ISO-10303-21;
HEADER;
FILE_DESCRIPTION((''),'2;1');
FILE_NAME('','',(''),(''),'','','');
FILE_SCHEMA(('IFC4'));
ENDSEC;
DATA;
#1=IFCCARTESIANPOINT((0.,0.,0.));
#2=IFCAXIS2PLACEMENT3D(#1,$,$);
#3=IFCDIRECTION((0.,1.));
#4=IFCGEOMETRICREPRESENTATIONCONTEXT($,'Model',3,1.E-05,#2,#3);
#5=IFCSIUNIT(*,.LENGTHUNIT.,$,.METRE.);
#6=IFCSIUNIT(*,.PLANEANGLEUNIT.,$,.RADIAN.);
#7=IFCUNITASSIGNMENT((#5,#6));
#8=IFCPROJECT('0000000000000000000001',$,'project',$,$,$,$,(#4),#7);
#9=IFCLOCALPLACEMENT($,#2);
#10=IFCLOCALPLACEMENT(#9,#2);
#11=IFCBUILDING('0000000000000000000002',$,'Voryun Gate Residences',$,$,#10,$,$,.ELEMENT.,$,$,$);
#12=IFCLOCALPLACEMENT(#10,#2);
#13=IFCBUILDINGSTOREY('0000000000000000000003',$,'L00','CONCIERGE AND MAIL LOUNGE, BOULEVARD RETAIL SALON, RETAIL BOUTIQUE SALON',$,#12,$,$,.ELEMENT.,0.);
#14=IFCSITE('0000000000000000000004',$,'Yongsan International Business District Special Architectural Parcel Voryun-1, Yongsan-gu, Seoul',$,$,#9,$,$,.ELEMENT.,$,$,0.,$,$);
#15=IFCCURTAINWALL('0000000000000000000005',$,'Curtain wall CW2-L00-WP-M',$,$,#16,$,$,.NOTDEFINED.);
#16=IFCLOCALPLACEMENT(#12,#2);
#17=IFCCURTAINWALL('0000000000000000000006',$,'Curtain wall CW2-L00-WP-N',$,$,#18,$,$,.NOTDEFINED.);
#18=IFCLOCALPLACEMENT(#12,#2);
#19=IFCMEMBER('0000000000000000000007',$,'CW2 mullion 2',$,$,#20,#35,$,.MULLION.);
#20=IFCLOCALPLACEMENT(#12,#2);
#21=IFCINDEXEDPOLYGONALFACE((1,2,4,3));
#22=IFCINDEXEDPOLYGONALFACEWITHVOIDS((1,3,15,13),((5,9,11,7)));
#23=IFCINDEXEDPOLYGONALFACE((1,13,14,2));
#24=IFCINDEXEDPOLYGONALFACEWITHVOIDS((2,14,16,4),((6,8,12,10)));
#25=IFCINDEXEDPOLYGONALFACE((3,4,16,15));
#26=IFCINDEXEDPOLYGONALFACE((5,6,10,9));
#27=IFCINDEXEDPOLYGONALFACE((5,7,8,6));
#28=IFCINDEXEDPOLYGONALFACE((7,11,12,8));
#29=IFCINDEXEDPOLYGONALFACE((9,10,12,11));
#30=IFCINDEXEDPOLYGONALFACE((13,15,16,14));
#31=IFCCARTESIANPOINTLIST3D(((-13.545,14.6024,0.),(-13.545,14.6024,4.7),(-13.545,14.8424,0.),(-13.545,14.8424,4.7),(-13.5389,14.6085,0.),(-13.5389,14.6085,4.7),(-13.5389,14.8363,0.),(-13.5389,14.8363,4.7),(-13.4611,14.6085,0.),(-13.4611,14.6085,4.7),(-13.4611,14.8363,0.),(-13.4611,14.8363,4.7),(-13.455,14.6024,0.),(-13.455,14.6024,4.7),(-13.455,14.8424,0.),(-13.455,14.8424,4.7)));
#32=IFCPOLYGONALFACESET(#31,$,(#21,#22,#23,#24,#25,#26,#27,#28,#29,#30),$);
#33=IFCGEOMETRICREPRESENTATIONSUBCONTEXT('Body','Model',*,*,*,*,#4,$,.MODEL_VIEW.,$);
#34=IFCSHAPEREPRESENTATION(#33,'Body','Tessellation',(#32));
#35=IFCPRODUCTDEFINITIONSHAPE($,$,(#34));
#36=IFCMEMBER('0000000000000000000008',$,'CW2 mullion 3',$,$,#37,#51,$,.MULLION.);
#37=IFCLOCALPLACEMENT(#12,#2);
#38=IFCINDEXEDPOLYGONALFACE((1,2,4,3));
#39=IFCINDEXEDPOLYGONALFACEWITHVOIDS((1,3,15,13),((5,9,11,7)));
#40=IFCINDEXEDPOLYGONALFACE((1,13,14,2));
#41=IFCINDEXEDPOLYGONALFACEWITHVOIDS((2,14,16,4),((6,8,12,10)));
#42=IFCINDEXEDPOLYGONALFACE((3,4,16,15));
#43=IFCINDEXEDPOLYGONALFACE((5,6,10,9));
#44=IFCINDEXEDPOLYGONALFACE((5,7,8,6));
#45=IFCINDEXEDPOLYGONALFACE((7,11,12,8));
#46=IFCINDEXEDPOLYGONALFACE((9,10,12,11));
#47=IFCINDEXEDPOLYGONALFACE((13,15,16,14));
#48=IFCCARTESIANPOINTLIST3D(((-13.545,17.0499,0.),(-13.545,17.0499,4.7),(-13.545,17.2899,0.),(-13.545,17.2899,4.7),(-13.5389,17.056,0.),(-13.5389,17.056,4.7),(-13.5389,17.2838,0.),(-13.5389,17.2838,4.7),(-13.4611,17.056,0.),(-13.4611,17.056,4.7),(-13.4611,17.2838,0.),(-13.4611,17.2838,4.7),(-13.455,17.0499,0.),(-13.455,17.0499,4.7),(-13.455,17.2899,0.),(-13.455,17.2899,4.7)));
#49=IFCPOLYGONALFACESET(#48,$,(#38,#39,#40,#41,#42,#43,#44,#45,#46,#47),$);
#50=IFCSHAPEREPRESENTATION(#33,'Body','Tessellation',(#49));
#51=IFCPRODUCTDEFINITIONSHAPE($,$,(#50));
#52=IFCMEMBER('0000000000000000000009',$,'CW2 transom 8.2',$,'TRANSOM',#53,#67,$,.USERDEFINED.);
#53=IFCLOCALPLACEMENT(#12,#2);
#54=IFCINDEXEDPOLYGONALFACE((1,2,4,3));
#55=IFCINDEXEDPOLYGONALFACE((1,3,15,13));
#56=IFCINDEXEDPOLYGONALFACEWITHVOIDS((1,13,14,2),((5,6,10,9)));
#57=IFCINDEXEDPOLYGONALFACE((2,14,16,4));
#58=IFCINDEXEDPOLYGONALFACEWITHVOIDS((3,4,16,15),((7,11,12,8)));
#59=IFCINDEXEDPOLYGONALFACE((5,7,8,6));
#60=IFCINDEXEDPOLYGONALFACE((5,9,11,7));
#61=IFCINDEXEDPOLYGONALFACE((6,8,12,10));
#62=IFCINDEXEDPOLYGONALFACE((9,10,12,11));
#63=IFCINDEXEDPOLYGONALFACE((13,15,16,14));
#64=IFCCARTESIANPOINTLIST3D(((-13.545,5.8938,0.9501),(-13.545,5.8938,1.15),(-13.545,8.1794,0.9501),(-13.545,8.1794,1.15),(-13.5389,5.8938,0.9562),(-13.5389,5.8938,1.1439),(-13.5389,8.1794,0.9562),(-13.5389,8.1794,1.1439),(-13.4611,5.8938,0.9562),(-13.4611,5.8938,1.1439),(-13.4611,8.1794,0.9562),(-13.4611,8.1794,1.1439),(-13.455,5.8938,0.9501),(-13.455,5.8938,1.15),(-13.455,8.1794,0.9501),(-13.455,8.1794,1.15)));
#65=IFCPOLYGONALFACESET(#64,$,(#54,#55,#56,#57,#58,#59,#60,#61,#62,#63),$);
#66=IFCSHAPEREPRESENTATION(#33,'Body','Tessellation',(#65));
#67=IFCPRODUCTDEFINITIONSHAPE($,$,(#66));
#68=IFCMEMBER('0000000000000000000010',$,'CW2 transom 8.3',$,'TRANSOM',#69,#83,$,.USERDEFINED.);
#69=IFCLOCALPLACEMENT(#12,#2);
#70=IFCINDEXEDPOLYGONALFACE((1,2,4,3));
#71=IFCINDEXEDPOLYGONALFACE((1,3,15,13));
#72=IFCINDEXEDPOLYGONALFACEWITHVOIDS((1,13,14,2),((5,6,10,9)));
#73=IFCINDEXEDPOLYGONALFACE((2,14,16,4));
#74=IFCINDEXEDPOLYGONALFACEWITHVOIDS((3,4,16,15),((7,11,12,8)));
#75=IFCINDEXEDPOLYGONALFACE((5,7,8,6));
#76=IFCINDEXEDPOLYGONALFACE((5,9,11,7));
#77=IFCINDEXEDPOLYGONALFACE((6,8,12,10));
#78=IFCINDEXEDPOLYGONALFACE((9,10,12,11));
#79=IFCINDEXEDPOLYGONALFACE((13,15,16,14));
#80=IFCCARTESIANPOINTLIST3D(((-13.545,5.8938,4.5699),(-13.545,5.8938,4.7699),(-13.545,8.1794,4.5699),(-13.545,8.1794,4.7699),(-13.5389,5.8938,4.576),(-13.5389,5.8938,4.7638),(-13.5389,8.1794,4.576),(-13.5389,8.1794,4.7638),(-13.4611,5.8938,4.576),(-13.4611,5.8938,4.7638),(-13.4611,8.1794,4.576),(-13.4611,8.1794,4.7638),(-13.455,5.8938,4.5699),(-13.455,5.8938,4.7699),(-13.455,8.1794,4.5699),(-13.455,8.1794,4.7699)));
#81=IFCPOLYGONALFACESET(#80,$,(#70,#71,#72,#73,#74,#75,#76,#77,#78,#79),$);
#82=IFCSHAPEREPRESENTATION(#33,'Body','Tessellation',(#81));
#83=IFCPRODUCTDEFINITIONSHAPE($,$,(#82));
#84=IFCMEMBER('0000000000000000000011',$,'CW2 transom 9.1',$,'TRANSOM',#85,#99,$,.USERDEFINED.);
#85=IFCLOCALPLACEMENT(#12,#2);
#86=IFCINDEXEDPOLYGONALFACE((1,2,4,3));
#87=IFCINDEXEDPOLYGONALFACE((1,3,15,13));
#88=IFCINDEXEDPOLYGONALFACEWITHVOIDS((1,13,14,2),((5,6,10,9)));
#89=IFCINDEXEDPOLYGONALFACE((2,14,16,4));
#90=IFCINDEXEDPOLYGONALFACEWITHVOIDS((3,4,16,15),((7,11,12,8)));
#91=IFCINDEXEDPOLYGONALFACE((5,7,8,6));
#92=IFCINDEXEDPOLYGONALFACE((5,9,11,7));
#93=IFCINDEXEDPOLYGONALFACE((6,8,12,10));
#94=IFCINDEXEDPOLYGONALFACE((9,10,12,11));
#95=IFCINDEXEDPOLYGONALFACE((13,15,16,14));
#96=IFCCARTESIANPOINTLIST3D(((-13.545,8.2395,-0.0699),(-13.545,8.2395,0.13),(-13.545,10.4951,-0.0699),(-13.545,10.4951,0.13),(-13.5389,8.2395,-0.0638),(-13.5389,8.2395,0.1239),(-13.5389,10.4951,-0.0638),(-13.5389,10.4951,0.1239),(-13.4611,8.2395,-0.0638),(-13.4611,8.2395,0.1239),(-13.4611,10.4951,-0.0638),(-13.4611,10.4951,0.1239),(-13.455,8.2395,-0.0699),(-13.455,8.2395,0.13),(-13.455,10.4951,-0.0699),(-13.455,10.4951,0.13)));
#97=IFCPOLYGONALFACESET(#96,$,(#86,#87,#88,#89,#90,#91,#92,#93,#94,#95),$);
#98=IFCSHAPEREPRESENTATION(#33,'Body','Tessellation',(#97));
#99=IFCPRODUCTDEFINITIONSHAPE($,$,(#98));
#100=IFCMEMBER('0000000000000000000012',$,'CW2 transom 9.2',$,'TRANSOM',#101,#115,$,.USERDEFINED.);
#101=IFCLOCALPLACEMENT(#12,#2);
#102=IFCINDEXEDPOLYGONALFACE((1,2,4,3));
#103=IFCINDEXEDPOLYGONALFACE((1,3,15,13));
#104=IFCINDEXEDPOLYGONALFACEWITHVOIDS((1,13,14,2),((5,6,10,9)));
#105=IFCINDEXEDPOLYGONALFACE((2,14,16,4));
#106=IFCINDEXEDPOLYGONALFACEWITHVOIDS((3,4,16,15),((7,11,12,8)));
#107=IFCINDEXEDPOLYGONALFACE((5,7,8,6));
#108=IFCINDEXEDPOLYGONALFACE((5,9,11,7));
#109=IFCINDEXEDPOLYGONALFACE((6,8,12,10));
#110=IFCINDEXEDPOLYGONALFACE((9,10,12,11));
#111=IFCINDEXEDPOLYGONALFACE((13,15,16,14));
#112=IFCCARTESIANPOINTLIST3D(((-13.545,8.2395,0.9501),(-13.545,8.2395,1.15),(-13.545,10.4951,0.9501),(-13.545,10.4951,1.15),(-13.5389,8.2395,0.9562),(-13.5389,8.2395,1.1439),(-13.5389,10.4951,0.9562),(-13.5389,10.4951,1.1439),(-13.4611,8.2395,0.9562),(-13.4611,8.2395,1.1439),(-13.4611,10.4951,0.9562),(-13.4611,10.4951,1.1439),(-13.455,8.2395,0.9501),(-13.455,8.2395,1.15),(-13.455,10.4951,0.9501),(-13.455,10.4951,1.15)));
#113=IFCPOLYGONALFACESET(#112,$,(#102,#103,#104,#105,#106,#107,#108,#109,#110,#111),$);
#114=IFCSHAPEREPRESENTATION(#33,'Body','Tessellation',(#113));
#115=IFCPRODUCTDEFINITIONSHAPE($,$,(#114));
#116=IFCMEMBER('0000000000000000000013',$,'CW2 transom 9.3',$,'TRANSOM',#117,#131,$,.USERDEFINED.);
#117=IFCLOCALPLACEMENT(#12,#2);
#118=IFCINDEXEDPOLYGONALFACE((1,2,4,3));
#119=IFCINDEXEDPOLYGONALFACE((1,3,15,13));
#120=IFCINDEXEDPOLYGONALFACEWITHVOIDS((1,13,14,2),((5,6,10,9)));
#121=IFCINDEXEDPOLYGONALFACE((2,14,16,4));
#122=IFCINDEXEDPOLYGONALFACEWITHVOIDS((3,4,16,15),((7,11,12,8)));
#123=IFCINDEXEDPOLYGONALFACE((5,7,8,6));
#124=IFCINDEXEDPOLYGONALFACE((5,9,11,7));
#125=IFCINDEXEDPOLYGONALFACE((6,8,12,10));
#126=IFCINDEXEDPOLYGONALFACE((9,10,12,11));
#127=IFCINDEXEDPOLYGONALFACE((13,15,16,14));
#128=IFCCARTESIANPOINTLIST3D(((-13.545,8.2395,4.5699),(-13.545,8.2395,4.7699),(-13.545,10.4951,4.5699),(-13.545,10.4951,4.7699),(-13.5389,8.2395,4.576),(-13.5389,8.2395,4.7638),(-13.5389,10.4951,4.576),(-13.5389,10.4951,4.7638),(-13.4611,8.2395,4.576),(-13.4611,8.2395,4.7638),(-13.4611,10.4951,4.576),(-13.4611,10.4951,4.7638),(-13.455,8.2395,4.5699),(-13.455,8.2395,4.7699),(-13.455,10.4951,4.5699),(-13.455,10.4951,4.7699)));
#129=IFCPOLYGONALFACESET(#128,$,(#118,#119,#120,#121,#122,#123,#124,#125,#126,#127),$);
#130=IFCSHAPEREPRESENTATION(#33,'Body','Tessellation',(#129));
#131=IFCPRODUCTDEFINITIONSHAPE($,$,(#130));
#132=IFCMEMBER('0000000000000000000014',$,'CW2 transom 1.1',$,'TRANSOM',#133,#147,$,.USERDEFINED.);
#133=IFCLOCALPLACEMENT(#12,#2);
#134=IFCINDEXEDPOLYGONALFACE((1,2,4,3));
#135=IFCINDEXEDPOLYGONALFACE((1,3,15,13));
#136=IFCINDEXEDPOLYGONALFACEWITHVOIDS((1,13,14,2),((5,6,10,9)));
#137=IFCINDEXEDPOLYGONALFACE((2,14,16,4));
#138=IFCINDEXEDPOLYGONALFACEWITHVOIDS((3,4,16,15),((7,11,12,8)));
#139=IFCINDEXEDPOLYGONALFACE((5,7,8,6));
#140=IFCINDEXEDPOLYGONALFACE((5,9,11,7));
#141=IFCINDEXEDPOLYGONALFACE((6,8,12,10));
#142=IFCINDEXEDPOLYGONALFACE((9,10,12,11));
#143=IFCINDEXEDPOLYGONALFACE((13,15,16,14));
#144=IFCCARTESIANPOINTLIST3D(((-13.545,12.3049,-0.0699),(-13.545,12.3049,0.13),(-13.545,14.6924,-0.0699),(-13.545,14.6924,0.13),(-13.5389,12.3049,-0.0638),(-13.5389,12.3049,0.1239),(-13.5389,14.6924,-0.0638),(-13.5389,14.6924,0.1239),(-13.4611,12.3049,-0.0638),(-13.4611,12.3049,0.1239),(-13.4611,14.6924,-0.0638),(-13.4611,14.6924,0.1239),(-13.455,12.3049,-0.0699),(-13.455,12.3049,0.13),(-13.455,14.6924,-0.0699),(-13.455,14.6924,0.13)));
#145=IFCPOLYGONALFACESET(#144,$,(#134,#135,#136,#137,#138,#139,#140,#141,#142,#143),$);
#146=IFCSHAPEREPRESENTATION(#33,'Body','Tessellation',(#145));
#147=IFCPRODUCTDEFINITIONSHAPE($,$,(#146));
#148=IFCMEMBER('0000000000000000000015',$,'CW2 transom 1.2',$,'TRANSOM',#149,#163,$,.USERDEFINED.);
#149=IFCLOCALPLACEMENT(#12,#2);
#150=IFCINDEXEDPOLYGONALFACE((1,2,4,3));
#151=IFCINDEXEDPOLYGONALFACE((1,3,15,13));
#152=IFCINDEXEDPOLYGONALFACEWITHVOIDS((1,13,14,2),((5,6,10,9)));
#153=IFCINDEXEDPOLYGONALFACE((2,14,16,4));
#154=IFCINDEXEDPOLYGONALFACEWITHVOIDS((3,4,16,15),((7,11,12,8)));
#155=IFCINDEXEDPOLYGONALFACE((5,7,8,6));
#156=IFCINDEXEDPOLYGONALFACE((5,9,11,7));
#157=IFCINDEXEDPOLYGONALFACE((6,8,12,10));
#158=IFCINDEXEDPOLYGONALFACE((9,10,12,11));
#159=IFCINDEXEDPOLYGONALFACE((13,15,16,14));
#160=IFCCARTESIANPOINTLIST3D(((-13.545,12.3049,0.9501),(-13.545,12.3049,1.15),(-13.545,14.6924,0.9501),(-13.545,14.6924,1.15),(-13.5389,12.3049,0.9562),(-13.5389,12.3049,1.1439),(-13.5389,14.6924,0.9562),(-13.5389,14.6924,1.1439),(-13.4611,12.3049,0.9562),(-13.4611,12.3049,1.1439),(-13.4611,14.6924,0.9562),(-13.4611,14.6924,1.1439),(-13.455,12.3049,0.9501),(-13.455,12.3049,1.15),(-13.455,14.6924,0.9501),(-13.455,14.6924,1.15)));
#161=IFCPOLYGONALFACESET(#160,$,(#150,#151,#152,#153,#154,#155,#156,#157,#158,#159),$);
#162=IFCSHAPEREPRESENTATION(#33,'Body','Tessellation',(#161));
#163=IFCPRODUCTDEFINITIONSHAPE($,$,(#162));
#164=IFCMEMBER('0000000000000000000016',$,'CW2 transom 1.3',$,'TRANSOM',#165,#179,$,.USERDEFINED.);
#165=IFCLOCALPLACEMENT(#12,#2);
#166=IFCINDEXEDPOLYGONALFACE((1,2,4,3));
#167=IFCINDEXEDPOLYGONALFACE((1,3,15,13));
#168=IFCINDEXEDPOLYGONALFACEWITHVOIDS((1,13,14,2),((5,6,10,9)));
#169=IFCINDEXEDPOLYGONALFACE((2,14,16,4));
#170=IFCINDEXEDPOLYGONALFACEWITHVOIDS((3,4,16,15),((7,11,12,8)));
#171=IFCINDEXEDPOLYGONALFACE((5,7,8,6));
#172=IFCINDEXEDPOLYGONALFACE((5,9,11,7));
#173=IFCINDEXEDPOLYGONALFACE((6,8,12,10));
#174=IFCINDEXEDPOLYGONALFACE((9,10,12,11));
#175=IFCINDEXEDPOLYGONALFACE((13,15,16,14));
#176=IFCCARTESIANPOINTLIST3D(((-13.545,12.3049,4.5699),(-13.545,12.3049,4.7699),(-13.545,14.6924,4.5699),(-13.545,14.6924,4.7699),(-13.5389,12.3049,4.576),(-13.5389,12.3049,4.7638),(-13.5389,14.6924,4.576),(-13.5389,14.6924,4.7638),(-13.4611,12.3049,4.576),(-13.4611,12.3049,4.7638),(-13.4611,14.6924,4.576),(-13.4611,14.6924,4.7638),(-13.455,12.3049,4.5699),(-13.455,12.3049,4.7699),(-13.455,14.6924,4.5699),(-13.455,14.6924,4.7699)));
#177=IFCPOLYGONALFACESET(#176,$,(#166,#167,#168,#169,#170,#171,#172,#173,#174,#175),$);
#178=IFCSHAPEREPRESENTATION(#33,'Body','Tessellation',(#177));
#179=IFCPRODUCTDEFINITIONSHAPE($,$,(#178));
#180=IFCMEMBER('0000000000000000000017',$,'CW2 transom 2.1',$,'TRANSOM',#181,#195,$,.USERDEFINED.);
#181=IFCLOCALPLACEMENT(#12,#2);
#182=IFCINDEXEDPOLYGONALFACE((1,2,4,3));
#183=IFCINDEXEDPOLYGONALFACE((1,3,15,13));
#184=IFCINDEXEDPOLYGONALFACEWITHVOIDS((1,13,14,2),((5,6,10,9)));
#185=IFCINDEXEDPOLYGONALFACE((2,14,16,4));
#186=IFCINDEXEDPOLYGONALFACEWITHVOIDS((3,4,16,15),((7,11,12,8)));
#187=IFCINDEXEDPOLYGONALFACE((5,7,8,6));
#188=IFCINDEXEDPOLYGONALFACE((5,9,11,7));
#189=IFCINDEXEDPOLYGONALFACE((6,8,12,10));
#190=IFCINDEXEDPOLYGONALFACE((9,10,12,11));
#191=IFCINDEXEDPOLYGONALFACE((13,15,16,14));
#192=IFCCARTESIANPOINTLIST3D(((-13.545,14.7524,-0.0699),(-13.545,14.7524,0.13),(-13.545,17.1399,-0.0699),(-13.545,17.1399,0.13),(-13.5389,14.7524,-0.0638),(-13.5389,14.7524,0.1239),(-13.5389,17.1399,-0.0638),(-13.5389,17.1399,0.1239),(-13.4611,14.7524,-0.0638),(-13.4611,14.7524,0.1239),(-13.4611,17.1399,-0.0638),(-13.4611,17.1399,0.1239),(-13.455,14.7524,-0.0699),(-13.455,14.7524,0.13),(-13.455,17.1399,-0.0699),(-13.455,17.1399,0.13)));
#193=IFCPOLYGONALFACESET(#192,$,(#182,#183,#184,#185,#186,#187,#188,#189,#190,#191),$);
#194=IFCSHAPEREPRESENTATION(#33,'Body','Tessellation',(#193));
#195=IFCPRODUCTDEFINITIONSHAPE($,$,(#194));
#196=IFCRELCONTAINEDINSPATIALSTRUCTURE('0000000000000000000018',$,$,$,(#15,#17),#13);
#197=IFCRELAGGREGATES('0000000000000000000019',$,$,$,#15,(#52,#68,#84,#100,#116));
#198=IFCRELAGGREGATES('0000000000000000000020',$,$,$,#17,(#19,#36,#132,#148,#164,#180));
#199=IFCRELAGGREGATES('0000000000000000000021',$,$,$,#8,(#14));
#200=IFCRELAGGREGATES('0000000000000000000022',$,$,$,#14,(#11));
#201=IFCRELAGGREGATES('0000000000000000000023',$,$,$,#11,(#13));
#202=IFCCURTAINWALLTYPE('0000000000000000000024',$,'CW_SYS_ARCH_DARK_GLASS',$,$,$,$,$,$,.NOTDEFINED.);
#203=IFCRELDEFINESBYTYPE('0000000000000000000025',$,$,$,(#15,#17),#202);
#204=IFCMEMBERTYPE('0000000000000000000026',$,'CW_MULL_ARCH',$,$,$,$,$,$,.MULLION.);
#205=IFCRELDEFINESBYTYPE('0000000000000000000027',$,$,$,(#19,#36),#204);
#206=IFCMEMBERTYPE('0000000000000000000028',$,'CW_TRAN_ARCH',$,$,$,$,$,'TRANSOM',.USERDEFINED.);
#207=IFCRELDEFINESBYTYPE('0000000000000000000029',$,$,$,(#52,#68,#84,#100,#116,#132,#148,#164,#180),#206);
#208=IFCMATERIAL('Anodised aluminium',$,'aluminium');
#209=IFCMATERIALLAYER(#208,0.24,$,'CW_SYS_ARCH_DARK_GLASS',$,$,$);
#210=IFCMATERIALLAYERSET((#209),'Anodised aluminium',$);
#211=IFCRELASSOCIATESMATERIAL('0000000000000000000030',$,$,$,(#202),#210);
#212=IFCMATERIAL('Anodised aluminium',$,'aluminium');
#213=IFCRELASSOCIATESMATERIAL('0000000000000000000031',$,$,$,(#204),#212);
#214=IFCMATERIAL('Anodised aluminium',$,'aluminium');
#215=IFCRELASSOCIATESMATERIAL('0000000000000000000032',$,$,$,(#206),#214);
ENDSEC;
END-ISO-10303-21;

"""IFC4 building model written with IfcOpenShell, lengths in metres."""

from ifc_helpers import new_model, si_unit, direction, frame, origin, origin_2d, place, context, subcontext, project, spatial, hollow_rectangle, extrude, material, layer, layer_set, material_profile, profile_set, type_object, element, aggregate, save


model = new_model("IFC4")

# Units and contexts
model_context = context("Model", 3, precision=1e-05, world=origin(), true_north=direction((0.0, 1.0)))
body_context = subcontext(model_context, "Body", "Model", "MODEL_VIEW")
ifc_project = project(units=[si_unit("LENGTHUNIT", "METRE"), si_unit("PLANEANGLEUNIT", "RADIAN")], contexts=[model_context])

# Site, building, storey
site_placement = place(None, origin())
site = spatial("IfcSite", under=ifc_project, at=site_placement, Name="Yongsan International Business District Special Architectural Parcel Voryun-1, Yongsan-gu, Seoul", CompositionType="ELEMENT", RefElevation=0.0)
building_placement = place(site_placement, origin())
building = spatial("IfcBuilding", under=site, at=building_placement, Name="Voryun Gate Residences", CompositionType="ELEMENT")
storey_placement = place(building_placement, origin())
storey = spatial("IfcBuildingStorey", under=building, at=storey_placement, Name="L00", Description="CONCIERGE AND MAIL LOUNGE, BOULEVARD RETAIL SALON, RETAIL BOUTIQUE SALON", CompositionType="ELEMENT", Elevation=0.0)

# Curtain walls, members
ifc_material_1 = material(Name="Anodised aluminium", Category="aluminium")
ifc_layer_1 = layer(ifc_material_1, 0.24, Name="CW_SYS_ARCH_DARK_GLASS")
ifc_layer_set_1 = layer_set([ifc_layer_1], Name="Anodised aluminium")
curtain_wall_type = type_object("IfcCurtainWallType", Name="CW_SYS_ARCH_DARK_GLASS", PredefinedType="NOTDEFINED", material=ifc_layer_set_1)
curtain_wall_1_placement = place(storey_placement, origin())
curtain_wall_1 = element("IfcCurtainWall", 1, at=curtain_wall_1_placement, inside=storey, type_object=curtain_wall_type, Name="Curtain wall CW2-L00-WP-M", PredefinedType="NOTDEFINED")
ifc_material_2 = material(Name="Anodised aluminium", Category="aluminium")
ifc_material_profile_1 = material_profile(ifc_material_2, hollow_rectangle(XDim=0.0901, YDim=0.24, WallThickness=0.0061, at=origin_2d()), Name="ALU-MULL-240x90x6")
ifc_profile_set_1 = profile_set([ifc_material_profile_1], Name="Anodised aluminium")
member_type_1 = type_object("IfcMemberType", Name="CW_MULL_ARCH", PredefinedType="MULLION", material=ifc_profile_set_1)
curtain_wall_2_placement = place(storey_placement, origin())
curtain_wall_2 = element("IfcCurtainWall", 2, at=curtain_wall_2_placement, inside=storey, type_object=curtain_wall_type, Name="Curtain wall CW2-L00-WP-N", PredefinedType="NOTDEFINED")
member_1_placement = place(storey_placement, frame((-13.5, 14.7224, 0.0), z_axis=(0.0, 0.0, 1.0), x_axis=(-1.0, 0.0, 0.0)))
member_1 = element("IfcMember", 3, at=member_1_placement, type_object=member_type_1, Name="CW2 mullion 2", PredefinedType="MULLION", context=body_context, shape_type="SweptSolid", body=[
    extrude(hollow_rectangle(XDim=0.0901, YDim=0.24, WallThickness=0.0061, at=origin_2d()), origin(), (0.0, 0.0, 1.0), 4.7),
])
member_2_placement = place(storey_placement, frame((-13.5, 17.1699, 0.0), z_axis=(0.0, 0.0, 1.0), x_axis=(-1.0, 0.0, 0.0)))
member_2 = element("IfcMember", 4, at=member_2_placement, type_object=member_type_1, Name="CW2 mullion 3", PredefinedType="MULLION", context=body_context, shape_type="SweptSolid", body=[
    extrude(hollow_rectangle(XDim=0.0901, YDim=0.24, WallThickness=0.0061, at=origin_2d()), origin(), (0.0, 0.0, 1.0), 4.7),
])

# Members
ifc_material_3 = material(Name="Anodised aluminium", Category="aluminium")
ifc_material_profile_2 = material_profile(ifc_material_3, hollow_rectangle(XDim=0.0901, YDim=0.2, WallThickness=0.0061, at=origin_2d()), Name="ALU-TRAN-200x90x6")
ifc_profile_set_2 = profile_set([ifc_material_profile_2], Name="Anodised aluminium")
member_type_2 = type_object("IfcMemberType", Name="CW_TRAN_ARCH", ElementType="TRANSOM", PredefinedType="USERDEFINED", material=ifc_profile_set_2)
member_3_placement = place(storey_placement, frame((-13.5, 5.8938, 1.05), z_axis=(0.0, 1.0, 0.0), x_axis=(-1.0, 0.0, 0.0)))
member_3 = element("IfcMember", 5, at=member_3_placement, type_object=member_type_2, Name="CW2 transom 8.2", ObjectType="TRANSOM", PredefinedType="USERDEFINED", context=body_context, shape_type="SweptSolid", body=[
    extrude(hollow_rectangle(XDim=0.0901, YDim=0.2, WallThickness=0.0061, at=origin_2d()), origin(), (0.0, 0.0, 1.0), 2.2856),
])
member_4_placement = place(storey_placement, frame((-13.5, 5.8938, 4.6699), z_axis=(0.0, 1.0, 0.0), x_axis=(-1.0, 0.0, 0.0)))
member_4 = element("IfcMember", 6, at=member_4_placement, type_object=member_type_2, Name="CW2 transom 8.3", ObjectType="TRANSOM", PredefinedType="USERDEFINED", context=body_context, shape_type="SweptSolid", body=[
    extrude(hollow_rectangle(XDim=0.0901, YDim=0.2, WallThickness=0.0061, at=origin_2d()), origin(), (0.0, 0.0, 1.0), 2.2856),
])
member_5_placement = place(storey_placement, frame((-13.5, 8.2395, 0.03), z_axis=(0.0, 1.0, 0.0), x_axis=(-1.0, 0.0, 0.0)))
member_5 = element("IfcMember", 7, at=member_5_placement, type_object=member_type_2, Name="CW2 transom 9.1", ObjectType="TRANSOM", PredefinedType="USERDEFINED", context=body_context, shape_type="SweptSolid", body=[
    extrude(hollow_rectangle(XDim=0.0901, YDim=0.2, WallThickness=0.0061, at=origin_2d()), origin(), (0.0, 0.0, 1.0), 2.2556),
])
member_6_placement = place(storey_placement, frame((-13.5, 8.2395, 1.05), z_axis=(0.0, 1.0, 0.0), x_axis=(-1.0, 0.0, 0.0)))
member_6 = element("IfcMember", 8, at=member_6_placement, type_object=member_type_2, Name="CW2 transom 9.2", ObjectType="TRANSOM", PredefinedType="USERDEFINED", context=body_context, shape_type="SweptSolid", body=[
    extrude(hollow_rectangle(XDim=0.0901, YDim=0.2, WallThickness=0.0061, at=origin_2d()), origin(), (0.0, 0.0, 1.0), 2.2556),
])
member_7_placement = place(storey_placement, frame((-13.5, 8.2395, 4.6699), z_axis=(0.0, 1.0, 0.0), x_axis=(-1.0, 0.0, 0.0)))
member_7 = element("IfcMember", 9, at=member_7_placement, type_object=member_type_2, Name="CW2 transom 9.3", ObjectType="TRANSOM", PredefinedType="USERDEFINED", context=body_context, shape_type="SweptSolid", body=[
    extrude(hollow_rectangle(XDim=0.0901, YDim=0.2, WallThickness=0.0061, at=origin_2d()), origin(), (0.0, 0.0, 1.0), 2.2556),
])
member_8_placement = place(storey_placement, frame((-13.5, 12.3049, 0.03), z_axis=(0.0, 1.0, 0.0), x_axis=(-1.0, 0.0, 0.0)))
member_8 = element("IfcMember", 10, at=member_8_placement, type_object=member_type_2, Name="CW2 transom 1.1", ObjectType="TRANSOM", PredefinedType="USERDEFINED", context=body_context, shape_type="SweptSolid", body=[
    extrude(hollow_rectangle(XDim=0.0901, YDim=0.2, WallThickness=0.0061, at=origin_2d()), origin(), (0.0, 0.0, 1.0), 2.3875),
])
member_9_placement = place(storey_placement, frame((-13.5, 12.3049, 1.05), z_axis=(0.0, 1.0, 0.0), x_axis=(-1.0, 0.0, 0.0)))
member_9 = element("IfcMember", 11, at=member_9_placement, type_object=member_type_2, Name="CW2 transom 1.2", ObjectType="TRANSOM", PredefinedType="USERDEFINED", context=body_context, shape_type="SweptSolid", body=[
    extrude(hollow_rectangle(XDim=0.0901, YDim=0.2, WallThickness=0.0061, at=origin_2d()), origin(), (0.0, 0.0, 1.0), 2.3875),
])
member_10_placement = place(storey_placement, frame((-13.5, 12.3049, 4.6699), z_axis=(0.0, 1.0, 0.0), x_axis=(-1.0, 0.0, 0.0)))
member_10 = element("IfcMember", 12, at=member_10_placement, type_object=member_type_2, Name="CW2 transom 1.3", ObjectType="TRANSOM", PredefinedType="USERDEFINED", context=body_context, shape_type="SweptSolid", body=[
    extrude(hollow_rectangle(XDim=0.0901, YDim=0.2, WallThickness=0.0061, at=origin_2d()), origin(), (0.0, 0.0, 1.0), 2.3875),
])
member_11_placement = place(storey_placement, frame((-13.5, 14.7524, 0.03), z_axis=(0.0, 1.0, 0.0), x_axis=(-1.0, 0.0, 0.0)))
member_11 = element("IfcMember", 13, at=member_11_placement, type_object=member_type_2, Name="CW2 transom 2.1", ObjectType="TRANSOM", PredefinedType="USERDEFINED", context=body_context, shape_type="SweptSolid", body=[
    extrude(hollow_rectangle(XDim=0.0901, YDim=0.2, WallThickness=0.0061, at=origin_2d()), origin(), (0.0, 0.0, 1.0), 2.3875),
])

aggregate(curtain_wall_1, [member_3, member_4, member_5, member_6, member_7])
aggregate(curtain_wall_2, [member_1, member_2, member_8, member_9, member_10, member_11])

save(model, "model.ifc")
